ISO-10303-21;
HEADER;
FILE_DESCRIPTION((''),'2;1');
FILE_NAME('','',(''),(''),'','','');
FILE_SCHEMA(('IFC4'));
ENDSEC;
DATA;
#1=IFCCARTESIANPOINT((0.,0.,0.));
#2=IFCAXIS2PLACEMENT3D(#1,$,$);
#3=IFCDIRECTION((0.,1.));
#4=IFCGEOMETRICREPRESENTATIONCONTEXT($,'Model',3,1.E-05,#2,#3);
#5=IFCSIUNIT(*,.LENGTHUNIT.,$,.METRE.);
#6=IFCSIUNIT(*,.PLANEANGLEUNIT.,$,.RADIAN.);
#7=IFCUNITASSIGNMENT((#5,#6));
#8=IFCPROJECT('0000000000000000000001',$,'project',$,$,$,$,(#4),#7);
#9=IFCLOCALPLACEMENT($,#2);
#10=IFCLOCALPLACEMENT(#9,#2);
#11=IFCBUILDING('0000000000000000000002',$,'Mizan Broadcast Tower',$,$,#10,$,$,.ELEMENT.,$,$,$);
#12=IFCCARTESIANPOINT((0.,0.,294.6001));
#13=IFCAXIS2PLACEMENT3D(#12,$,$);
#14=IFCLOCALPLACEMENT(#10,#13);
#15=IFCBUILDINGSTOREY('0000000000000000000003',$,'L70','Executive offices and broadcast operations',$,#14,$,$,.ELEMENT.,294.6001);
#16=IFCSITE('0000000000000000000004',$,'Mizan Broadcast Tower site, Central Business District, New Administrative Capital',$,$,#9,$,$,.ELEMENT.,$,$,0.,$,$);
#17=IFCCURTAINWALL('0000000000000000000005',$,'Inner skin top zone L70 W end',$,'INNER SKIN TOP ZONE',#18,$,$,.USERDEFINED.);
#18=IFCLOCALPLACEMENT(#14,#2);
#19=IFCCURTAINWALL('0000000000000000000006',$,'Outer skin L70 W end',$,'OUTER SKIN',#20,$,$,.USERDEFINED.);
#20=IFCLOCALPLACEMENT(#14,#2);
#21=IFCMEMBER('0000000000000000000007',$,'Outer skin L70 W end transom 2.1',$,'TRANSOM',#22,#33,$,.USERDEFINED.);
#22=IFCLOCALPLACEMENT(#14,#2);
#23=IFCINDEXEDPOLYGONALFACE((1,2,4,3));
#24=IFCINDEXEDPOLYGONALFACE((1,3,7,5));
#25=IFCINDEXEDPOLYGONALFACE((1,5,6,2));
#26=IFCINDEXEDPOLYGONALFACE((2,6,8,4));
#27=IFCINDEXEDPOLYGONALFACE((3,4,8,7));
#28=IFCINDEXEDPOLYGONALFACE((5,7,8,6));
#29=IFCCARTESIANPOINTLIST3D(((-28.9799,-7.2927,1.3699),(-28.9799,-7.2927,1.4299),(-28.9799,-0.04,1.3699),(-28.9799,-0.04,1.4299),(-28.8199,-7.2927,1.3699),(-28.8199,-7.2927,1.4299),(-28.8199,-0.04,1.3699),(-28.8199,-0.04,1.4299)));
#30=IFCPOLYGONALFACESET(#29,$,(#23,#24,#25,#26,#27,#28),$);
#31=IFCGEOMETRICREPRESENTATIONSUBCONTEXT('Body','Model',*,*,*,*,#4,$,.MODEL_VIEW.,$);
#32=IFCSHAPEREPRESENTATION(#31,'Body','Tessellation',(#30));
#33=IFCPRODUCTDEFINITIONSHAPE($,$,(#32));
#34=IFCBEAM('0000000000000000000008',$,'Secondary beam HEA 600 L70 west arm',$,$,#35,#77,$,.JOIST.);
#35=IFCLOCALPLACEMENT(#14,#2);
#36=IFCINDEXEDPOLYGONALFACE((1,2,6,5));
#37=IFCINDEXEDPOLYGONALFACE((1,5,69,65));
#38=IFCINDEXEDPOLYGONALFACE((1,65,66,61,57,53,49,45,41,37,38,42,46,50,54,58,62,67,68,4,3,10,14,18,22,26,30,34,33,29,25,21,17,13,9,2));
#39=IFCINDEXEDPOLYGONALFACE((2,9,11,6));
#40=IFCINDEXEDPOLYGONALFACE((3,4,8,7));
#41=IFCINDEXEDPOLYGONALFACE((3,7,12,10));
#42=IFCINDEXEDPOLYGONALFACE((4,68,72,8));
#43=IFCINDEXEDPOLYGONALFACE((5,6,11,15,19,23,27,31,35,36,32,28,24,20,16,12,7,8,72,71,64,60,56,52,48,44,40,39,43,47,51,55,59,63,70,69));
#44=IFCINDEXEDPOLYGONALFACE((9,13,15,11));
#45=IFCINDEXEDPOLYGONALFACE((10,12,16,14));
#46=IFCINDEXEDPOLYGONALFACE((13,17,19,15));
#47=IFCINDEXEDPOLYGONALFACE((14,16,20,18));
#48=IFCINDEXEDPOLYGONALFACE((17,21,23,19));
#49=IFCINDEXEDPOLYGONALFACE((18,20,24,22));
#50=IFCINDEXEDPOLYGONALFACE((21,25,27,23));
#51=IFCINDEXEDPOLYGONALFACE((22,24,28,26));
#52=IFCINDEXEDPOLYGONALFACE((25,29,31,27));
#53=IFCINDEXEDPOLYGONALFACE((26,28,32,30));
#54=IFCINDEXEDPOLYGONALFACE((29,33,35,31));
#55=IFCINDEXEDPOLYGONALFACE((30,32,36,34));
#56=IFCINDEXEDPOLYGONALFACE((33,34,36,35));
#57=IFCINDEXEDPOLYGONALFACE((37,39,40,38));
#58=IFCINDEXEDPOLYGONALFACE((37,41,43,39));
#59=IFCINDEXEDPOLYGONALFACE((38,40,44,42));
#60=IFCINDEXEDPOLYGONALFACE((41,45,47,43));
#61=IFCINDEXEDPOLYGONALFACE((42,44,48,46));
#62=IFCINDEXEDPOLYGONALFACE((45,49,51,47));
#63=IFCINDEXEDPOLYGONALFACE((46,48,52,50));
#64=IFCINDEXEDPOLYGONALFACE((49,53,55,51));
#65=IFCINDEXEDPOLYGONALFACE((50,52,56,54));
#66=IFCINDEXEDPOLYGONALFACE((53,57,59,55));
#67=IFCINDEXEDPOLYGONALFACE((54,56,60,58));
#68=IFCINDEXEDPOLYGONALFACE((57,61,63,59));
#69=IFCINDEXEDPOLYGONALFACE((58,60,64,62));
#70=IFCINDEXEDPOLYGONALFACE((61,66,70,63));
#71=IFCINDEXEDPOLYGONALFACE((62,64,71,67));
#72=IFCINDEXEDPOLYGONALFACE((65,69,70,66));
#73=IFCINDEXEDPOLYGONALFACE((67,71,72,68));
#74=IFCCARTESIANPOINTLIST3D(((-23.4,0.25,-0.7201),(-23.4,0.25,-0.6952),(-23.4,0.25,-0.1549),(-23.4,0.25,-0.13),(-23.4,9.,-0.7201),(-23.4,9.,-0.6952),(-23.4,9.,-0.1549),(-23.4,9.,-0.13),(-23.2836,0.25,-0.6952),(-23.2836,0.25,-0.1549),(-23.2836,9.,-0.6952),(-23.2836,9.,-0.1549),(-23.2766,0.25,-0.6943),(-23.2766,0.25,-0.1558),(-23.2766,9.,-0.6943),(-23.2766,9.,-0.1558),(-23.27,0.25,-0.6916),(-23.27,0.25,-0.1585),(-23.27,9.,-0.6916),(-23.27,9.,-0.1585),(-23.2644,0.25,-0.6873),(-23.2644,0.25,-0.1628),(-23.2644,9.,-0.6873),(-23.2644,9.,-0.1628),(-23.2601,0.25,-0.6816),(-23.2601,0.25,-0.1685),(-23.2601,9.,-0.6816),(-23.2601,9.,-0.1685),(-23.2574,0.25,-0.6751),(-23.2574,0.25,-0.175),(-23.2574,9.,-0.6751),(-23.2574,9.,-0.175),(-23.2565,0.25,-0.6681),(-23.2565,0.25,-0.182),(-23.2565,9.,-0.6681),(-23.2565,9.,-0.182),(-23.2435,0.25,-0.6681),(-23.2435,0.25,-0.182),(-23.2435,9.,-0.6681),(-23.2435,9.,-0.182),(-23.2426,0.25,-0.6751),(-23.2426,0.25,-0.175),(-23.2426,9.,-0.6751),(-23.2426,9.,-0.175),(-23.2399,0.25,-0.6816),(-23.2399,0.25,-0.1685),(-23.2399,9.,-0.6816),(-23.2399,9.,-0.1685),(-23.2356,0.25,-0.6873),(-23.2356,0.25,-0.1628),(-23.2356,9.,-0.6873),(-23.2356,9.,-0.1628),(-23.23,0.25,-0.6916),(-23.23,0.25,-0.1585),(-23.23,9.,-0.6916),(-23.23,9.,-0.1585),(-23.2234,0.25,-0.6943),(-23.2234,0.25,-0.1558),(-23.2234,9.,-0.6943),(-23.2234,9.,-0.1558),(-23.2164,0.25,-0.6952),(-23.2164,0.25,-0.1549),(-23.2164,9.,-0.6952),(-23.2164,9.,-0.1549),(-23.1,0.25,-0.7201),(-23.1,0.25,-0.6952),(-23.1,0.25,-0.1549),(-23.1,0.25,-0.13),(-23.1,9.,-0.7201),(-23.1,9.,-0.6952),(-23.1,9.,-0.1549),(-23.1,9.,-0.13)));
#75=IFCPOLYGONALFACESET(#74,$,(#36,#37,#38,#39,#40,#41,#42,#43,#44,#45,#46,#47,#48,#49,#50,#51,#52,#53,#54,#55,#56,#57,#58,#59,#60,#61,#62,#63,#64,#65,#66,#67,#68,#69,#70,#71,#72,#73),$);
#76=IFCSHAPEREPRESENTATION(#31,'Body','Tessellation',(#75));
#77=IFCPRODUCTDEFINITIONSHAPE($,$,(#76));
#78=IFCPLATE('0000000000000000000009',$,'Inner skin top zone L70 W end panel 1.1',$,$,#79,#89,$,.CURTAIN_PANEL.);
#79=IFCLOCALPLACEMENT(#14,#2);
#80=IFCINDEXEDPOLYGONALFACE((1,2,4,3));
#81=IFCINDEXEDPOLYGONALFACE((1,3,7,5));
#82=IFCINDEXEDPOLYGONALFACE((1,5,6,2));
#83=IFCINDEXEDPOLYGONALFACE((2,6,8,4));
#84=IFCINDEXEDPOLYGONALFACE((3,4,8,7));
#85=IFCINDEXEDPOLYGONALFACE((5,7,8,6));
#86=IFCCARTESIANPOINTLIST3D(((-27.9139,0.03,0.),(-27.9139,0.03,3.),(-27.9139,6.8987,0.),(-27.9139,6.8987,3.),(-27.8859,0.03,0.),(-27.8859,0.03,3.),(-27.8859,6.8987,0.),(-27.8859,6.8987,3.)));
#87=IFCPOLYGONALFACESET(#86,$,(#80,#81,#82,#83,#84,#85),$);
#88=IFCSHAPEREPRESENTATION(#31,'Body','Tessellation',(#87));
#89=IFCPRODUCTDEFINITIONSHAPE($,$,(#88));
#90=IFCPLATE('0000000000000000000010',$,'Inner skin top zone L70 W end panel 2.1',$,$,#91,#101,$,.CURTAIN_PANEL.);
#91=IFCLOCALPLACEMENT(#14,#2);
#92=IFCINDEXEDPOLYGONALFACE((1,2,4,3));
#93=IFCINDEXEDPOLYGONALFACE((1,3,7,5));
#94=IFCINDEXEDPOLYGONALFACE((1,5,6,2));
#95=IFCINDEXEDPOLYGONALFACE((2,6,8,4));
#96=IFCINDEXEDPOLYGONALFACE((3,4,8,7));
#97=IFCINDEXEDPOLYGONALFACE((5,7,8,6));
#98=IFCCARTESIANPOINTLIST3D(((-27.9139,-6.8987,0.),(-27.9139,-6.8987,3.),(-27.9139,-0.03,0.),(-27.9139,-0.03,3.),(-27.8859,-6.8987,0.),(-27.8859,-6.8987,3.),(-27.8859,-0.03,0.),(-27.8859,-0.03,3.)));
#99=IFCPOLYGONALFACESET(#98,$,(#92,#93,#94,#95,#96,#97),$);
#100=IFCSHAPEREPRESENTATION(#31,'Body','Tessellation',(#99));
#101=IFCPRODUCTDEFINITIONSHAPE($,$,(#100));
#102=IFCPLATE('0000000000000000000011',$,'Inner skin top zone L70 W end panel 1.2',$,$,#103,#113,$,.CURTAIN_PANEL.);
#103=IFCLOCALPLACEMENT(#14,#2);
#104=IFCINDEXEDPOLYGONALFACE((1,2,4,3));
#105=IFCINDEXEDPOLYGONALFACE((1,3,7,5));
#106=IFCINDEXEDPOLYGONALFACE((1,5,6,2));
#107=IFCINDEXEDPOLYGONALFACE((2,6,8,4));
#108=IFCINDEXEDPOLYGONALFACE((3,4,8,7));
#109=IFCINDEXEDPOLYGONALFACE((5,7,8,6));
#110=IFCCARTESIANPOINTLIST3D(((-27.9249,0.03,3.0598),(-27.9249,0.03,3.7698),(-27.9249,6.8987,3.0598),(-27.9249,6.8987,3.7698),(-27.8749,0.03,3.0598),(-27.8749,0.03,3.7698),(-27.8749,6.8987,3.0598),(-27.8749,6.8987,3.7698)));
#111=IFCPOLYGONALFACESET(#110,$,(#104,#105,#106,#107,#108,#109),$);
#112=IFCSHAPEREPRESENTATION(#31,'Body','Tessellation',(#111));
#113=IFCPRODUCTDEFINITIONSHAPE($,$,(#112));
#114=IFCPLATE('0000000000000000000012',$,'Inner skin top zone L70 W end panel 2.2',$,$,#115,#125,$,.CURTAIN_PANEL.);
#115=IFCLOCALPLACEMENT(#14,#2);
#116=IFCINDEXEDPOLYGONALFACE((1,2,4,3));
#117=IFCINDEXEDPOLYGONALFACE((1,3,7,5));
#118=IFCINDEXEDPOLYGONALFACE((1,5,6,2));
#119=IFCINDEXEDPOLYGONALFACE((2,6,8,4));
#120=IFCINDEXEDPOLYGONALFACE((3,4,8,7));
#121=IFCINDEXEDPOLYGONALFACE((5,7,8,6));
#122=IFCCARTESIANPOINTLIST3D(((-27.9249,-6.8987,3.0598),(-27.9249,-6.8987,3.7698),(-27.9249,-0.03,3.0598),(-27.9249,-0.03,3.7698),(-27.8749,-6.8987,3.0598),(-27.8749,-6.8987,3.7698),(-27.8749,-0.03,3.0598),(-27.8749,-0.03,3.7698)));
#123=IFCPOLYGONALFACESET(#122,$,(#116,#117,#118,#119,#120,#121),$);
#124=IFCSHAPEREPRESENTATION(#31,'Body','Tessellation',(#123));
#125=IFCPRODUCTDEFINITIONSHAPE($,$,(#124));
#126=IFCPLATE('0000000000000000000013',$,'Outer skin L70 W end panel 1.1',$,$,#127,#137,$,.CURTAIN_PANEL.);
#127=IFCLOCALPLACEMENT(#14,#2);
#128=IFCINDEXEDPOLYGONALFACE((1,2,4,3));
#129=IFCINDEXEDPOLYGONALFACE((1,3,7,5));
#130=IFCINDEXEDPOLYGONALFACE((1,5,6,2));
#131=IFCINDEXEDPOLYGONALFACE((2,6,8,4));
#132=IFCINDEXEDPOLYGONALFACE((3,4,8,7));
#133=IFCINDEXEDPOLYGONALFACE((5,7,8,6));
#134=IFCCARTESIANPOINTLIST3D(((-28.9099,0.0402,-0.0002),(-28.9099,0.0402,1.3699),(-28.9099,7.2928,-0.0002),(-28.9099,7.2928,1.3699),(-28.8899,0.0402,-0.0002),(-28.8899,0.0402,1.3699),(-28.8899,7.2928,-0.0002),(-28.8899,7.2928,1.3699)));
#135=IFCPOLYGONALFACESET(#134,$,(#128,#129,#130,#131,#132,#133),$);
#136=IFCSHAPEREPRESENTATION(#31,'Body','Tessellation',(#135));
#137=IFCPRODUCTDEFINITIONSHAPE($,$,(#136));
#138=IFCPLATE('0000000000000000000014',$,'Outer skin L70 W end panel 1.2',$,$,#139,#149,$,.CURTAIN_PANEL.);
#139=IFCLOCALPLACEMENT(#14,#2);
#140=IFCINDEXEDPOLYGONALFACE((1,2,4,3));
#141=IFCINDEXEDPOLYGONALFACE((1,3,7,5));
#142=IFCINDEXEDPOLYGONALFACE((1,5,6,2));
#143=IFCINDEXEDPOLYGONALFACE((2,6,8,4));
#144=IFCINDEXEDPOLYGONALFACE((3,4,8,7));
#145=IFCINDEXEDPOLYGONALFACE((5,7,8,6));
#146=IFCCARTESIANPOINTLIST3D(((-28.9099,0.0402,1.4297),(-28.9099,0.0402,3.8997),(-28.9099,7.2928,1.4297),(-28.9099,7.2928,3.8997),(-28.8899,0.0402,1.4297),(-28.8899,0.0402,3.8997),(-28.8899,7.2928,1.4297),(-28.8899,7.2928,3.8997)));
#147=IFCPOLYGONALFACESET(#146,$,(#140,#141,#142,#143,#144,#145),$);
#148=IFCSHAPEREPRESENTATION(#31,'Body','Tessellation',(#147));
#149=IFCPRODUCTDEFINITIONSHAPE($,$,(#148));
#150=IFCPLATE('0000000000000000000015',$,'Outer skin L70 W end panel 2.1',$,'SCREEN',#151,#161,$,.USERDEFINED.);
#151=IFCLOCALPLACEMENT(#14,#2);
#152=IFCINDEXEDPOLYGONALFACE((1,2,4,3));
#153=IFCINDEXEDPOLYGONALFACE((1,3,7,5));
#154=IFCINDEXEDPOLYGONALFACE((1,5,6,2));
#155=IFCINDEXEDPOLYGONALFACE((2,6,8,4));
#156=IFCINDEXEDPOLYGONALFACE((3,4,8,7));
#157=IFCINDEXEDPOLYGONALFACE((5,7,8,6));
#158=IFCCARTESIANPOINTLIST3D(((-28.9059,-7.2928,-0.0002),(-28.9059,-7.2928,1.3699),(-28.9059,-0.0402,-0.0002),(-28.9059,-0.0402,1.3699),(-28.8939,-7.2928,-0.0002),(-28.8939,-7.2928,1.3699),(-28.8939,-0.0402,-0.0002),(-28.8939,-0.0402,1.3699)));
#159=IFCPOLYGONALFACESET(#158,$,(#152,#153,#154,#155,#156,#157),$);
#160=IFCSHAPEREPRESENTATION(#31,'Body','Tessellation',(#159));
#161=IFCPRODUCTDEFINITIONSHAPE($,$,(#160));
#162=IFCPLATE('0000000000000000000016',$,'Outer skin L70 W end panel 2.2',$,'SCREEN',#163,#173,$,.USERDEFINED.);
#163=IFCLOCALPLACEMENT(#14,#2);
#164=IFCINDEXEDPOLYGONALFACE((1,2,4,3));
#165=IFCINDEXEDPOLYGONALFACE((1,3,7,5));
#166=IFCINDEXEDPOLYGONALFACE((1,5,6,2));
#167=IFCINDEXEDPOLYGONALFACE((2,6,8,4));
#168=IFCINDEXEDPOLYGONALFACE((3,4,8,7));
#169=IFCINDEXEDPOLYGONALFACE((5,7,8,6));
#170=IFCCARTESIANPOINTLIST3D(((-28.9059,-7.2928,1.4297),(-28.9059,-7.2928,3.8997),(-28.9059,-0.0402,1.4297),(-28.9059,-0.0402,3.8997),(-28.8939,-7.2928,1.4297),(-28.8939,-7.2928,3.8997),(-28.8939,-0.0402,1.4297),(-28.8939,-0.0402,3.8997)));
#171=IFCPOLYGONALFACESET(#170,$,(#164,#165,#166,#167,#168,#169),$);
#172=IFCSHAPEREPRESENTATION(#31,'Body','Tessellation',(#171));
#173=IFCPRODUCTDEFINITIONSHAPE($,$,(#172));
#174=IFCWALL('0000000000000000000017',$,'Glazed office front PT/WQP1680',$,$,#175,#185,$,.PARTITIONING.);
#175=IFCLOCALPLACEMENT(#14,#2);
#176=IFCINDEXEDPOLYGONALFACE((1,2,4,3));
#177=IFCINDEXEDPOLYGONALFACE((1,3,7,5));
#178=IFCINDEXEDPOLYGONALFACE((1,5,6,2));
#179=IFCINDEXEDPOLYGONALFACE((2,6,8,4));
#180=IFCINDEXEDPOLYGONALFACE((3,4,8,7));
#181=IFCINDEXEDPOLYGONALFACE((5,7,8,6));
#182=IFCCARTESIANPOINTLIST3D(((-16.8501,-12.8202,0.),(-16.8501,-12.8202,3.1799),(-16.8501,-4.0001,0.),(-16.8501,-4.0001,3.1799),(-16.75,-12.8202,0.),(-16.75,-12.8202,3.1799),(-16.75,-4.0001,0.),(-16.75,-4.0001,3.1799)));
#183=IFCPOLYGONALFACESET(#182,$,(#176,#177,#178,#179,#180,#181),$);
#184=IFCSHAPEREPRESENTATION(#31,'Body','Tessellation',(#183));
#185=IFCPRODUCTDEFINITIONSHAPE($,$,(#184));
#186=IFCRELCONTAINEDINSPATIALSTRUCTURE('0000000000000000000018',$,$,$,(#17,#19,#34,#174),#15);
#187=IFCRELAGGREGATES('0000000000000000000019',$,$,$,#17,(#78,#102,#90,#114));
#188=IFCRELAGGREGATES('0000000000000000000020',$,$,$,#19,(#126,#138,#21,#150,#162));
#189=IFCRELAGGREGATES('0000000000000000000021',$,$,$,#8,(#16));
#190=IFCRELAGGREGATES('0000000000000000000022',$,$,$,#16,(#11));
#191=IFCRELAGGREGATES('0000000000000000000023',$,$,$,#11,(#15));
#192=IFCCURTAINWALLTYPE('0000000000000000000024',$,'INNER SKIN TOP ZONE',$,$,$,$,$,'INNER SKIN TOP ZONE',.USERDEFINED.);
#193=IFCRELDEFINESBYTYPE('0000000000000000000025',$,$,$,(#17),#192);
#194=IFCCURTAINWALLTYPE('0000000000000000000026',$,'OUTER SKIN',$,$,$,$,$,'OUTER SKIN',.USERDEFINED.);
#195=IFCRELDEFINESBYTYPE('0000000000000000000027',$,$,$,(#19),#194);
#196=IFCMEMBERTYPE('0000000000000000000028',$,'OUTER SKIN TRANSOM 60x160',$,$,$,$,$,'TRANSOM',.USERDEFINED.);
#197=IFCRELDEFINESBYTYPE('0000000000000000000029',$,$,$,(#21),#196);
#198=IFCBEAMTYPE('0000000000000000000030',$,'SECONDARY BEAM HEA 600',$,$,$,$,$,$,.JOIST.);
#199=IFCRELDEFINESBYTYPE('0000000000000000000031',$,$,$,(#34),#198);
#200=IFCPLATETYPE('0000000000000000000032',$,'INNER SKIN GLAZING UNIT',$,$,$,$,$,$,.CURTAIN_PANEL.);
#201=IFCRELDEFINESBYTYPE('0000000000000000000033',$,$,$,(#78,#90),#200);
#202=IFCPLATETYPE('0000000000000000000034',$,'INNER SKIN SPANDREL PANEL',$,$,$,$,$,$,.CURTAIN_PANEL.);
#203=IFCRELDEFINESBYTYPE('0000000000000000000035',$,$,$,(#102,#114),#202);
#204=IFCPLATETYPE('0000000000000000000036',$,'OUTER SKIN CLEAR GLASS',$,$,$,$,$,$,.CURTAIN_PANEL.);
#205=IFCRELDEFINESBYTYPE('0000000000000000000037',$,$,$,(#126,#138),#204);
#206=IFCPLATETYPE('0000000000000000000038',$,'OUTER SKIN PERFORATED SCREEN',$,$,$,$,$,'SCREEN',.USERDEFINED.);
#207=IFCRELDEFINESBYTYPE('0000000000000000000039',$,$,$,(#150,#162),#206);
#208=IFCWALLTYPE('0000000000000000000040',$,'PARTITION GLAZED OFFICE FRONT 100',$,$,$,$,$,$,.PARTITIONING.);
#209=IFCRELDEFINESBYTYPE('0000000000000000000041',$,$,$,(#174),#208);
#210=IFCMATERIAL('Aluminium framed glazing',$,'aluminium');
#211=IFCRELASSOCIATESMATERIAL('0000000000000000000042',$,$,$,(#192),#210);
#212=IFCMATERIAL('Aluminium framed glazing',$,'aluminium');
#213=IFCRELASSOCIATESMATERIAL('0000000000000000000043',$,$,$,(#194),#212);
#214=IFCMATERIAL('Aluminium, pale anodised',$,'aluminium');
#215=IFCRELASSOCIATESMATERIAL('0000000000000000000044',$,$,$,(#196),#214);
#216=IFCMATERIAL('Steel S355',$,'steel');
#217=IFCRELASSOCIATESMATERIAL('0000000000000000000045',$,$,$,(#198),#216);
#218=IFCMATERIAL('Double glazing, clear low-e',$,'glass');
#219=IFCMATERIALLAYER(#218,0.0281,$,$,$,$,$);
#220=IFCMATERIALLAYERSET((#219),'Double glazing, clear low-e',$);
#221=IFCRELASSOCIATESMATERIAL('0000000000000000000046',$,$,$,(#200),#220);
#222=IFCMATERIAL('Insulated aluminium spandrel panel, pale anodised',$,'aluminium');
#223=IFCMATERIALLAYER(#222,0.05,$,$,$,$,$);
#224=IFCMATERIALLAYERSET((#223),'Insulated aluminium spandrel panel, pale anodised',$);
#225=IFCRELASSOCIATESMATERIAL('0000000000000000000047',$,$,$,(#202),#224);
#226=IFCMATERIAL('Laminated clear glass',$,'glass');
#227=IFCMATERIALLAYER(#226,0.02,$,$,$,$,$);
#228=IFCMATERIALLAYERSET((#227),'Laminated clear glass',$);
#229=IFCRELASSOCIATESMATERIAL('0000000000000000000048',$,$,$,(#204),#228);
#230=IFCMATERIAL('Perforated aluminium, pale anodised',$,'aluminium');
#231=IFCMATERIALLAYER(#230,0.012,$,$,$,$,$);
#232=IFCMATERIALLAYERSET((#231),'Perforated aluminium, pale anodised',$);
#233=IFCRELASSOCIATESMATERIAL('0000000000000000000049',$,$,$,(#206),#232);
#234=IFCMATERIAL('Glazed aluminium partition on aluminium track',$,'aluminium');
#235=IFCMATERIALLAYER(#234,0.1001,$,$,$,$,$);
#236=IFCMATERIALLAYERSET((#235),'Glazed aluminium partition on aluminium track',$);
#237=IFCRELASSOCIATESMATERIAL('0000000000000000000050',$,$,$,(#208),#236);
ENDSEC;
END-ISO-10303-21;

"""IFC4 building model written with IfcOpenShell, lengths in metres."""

from ifc_helpers import new_model, si_unit, direction, frame, frame_2d, origin, origin_2d, place, context, subcontext, project, spatial, rectangle, i_section, extrude, material, layer, layer_set, material_profile, profile_set, type_object, element, aggregate, save


model = new_model("IFC4")

# Units and contexts
model_context = context("Model", 3, precision=1e-05, world=origin(), true_north=direction((0.0, 1.0)))
body_context = subcontext(model_context, "Body", "Model", "MODEL_VIEW")
ifc_project = project(units=[si_unit("LENGTHUNIT", "METRE"), si_unit("PLANEANGLEUNIT", "RADIAN")], contexts=[model_context])

# Site, building, storey
site_placement = place(None, origin())
site = spatial("IfcSite", under=ifc_project, at=site_placement, Name="Mizan Broadcast Tower site, Central Business District, New Administrative Capital", CompositionType="ELEMENT", RefElevation=0.0)
building_placement = place(site_placement, origin())
building = spatial("IfcBuilding", under=site, at=building_placement, Name="Mizan Broadcast Tower", CompositionType="ELEMENT")
storey_placement = place(building_placement, frame((0.0, 0.0, 294.6001)))
storey = spatial("IfcBuildingStorey", under=building, at=storey_placement, Name="L70", Description="Executive offices and broadcast operations", CompositionType="ELEMENT", Elevation=294.6001)

# Shared definitions
ifc_material_1 = material(Name="Aluminium framed glazing", Category="aluminium")
curtain_wall_type_1 = type_object("IfcCurtainWallType", Name="INNER SKIN TOP ZONE", ElementType="INNER SKIN TOP ZONE", PredefinedType="USERDEFINED", material=ifc_material_1)

# Curtain wall
curtain_wall_1_placement = place(storey_placement, origin())
curtain_wall_1 = element("IfcCurtainWall", 1, at=curtain_wall_1_placement, inside=storey, type_object=curtain_wall_type_1, Name="Inner skin top zone L70 W end", ObjectType="INNER SKIN TOP ZONE", PredefinedType="USERDEFINED")

# Shared definitions
ifc_material_2 = material(Name="Aluminium framed glazing", Category="aluminium")
curtain_wall_type_2 = type_object("IfcCurtainWallType", Name="OUTER SKIN", ElementType="OUTER SKIN", PredefinedType="USERDEFINED", material=ifc_material_2)

# Curtain wall, member
curtain_wall_2_placement = place(storey_placement, origin())
curtain_wall_2 = element("IfcCurtainWall", 2, at=curtain_wall_2_placement, inside=storey, type_object=curtain_wall_type_2, Name="Outer skin L70 W end", ObjectType="OUTER SKIN", PredefinedType="USERDEFINED")
ifc_material_3 = material(Name="Aluminium, pale anodised", Category="aluminium")
ifc_material_profile_1 = material_profile(ifc_material_3, rectangle(XDim=0.1599, YDim=0.0601, at=origin_2d()), Name="TRANSOM 160x60")
ifc_profile_set_1 = profile_set([ifc_material_profile_1], Name="Aluminium, pale anodised")
member_type_1 = type_object("IfcMemberType", Name="OUTER SKIN TRANSOM 60x160", ElementType="TRANSOM", PredefinedType="USERDEFINED", material=ifc_profile_set_1)
member_1_placement = place(storey_placement, frame((-28.8999, -0.04, 1.3999), z_axis=(0.0, -1.0, 0.0), x_axis=(1.0, 0.0, 0.0)))
member_1 = element("IfcMember", 3, at=member_1_placement, type_object=member_type_1, Name="Outer skin L70 W end transom 2.1", ObjectType="TRANSOM", PredefinedType="USERDEFINED", context=body_context, shape_type="SweptSolid", body=[
    extrude(rectangle(XDim=0.1599, YDim=0.0601, at=origin_2d()), origin(), (0.0, 0.0, 1.0), 7.2527),
])

# Beam
ifc_material_4 = material(Name="Steel S355", Category="steel")
ifc_material_profile_2 = material_profile(ifc_material_4, i_section(OverallWidth=0.3, OverallDepth=0.5901, WebThickness=0.0129, FlangeThickness=0.0249, FilletRadius=0.0271, at=origin_2d()), Name="HEA 600")
ifc_profile_set_2 = profile_set([ifc_material_profile_2], Name="Steel S355")
beam_type_1 = type_object("IfcBeamType", Name="SECONDARY BEAM HEA 600", PredefinedType="JOIST", material=ifc_profile_set_2)
beam_1_placement = place(storey_placement, frame((-23.25, 9.0, -0.425), z_axis=(0.0, -1.0, 0.0), x_axis=(1.0, 0.0, 0.0)))
element("IfcBeam", 4, at=beam_1_placement, inside=storey, type_object=beam_type_1, Name="Secondary beam HEA 600 L70 west arm", PredefinedType="JOIST", context=body_context, shape_type="SweptSolid", body=[
    extrude(i_section(OverallWidth=0.3, OverallDepth=0.5901, WebThickness=0.0129, FlangeThickness=0.0249, FilletRadius=0.0271, at=origin_2d()), origin(), (0.0, 0.0, 1.0), 8.75),
])

# Plates
ifc_material_5 = material(Name="Double glazing, clear low-e", Category="glass")
ifc_layer_1 = layer(ifc_material_5, 0.0281)
ifc_layer_set_1 = layer_set([ifc_layer_1], Name="Double glazing, clear low-e")
plate_type_1 = type_object("IfcPlateType", Name="INNER SKIN GLAZING UNIT", PredefinedType="CURTAIN_PANEL", material=ifc_layer_set_1)
plate_1_placement = place(storey_placement, frame((-27.8999, 3.4644, 0.0), z_axis=(0.0, 0.0, 1.0), x_axis=(0.0, -1.0, 0.0)))
plate_1 = element("IfcPlate", 5, at=plate_1_placement, type_object=plate_type_1, Name="Inner skin top zone L70 W end panel 1.1", PredefinedType="CURTAIN_PANEL", context=body_context, shape_type="SweptSolid", body=[
    extrude(rectangle(XDim=6.8687, YDim=0.0281, at=origin_2d()), origin(), (0.0, 0.0, 1.0), 3.0),
])
plate_2_placement = place(storey_placement, frame((-27.8999, -3.4644, 0.0), z_axis=(0.0, 0.0, 1.0), x_axis=(0.0, -1.0, 0.0)))
plate_2 = element("IfcPlate", 6, at=plate_2_placement, type_object=plate_type_1, Name="Inner skin top zone L70 W end panel 2.1", PredefinedType="CURTAIN_PANEL", context=body_context, shape_type="SweptSolid", body=[
    extrude(rectangle(XDim=6.8687, YDim=0.0281, at=origin_2d()), origin(), (0.0, 0.0, 1.0), 3.0),
])
ifc_material_6 = material(Name="Insulated aluminium spandrel panel, pale anodised", Category="aluminium")
ifc_layer_2 = layer(ifc_material_6, 0.05)
ifc_layer_set_2 = layer_set([ifc_layer_2], Name="Insulated aluminium spandrel panel, pale anodised")
plate_type_2 = type_object("IfcPlateType", Name="INNER SKIN SPANDREL PANEL", PredefinedType="CURTAIN_PANEL", material=ifc_layer_set_2)
plate_3_placement = place(storey_placement, frame((-27.8999, 3.4644, 3.0598), z_axis=(0.0, 0.0, 1.0), x_axis=(0.0, -1.0, 0.0)))
plate_3 = element("IfcPlate", 7, at=plate_3_placement, type_object=plate_type_2, Name="Inner skin top zone L70 W end panel 1.2", PredefinedType="CURTAIN_PANEL", context=body_context, shape_type="SweptSolid", body=[
    extrude(rectangle(XDim=6.8687, YDim=0.05, at=origin_2d()), origin(), (0.0, 0.0, 1.0), 0.71),
])
plate_4_placement = place(storey_placement, frame((-27.8999, -3.4644, 3.0598), z_axis=(0.0, 0.0, 1.0), x_axis=(0.0, -1.0, 0.0)))
plate_4 = element("IfcPlate", 8, at=plate_4_placement, type_object=plate_type_2, Name="Inner skin top zone L70 W end panel 2.2", PredefinedType="CURTAIN_PANEL", context=body_context, shape_type="SweptSolid", body=[
    extrude(rectangle(XDim=6.8687, YDim=0.05, at=origin_2d()), origin(), (0.0, 0.0, 1.0), 0.71),
])
aggregate(curtain_wall_1, [plate_1, plate_3, plate_2, plate_4])
ifc_material_7 = material(Name="Laminated clear glass", Category="glass")
ifc_layer_3 = layer(ifc_material_7, 0.02)
ifc_layer_set_3 = layer_set([ifc_layer_3], Name="Laminated clear glass")
plate_type_3 = type_object("IfcPlateType", Name="OUTER SKIN CLEAR GLASS", PredefinedType="CURTAIN_PANEL", material=ifc_layer_set_3)
plate_5_placement = place(storey_placement, frame((-28.8999, 3.6665, -0.0002), z_axis=(0.0, 0.0, 1.0), x_axis=(0.0, -1.0, 0.0)))
plate_5 = element("IfcPlate", 9, at=plate_5_placement, type_object=plate_type_3, Name="Outer skin L70 W end panel 1.1", PredefinedType="CURTAIN_PANEL", context=body_context, shape_type="SweptSolid", body=[
    extrude(rectangle(XDim=7.2527, YDim=0.02, at=origin_2d()), origin(), (0.0, 0.0, 1.0), 1.3701),
])
plate_6_placement = place(storey_placement, frame((-28.8999, 3.6665, 1.4297), z_axis=(0.0, 0.0, 1.0), x_axis=(0.0, -1.0, 0.0)))
plate_6 = element("IfcPlate", 10, at=plate_6_placement, type_object=plate_type_3, Name="Outer skin L70 W end panel 1.2", PredefinedType="CURTAIN_PANEL", context=body_context, shape_type="SweptSolid", body=[
    extrude(rectangle(XDim=7.2527, YDim=0.02, at=origin_2d()), origin(), (0.0, 0.0, 1.0), 2.47),
])
ifc_material_8 = material(Name="Perforated aluminium, pale anodised", Category="aluminium")
ifc_layer_4 = layer(ifc_material_8, 0.012)
ifc_layer_set_4 = layer_set([ifc_layer_4], Name="Perforated aluminium, pale anodised")
plate_type_4 = type_object("IfcPlateType", Name="OUTER SKIN PERFORATED SCREEN", ElementType="SCREEN", PredefinedType="USERDEFINED", material=ifc_layer_set_4)
plate_7_placement = place(storey_placement, frame((-28.8999, -3.6665, -0.0002), z_axis=(0.0, 0.0, 1.0), x_axis=(0.0, -1.0, 0.0)))
plate_7 = element("IfcPlate", 11, at=plate_7_placement, type_object=plate_type_4, Name="Outer skin L70 W end panel 2.1", ObjectType="SCREEN", PredefinedType="USERDEFINED", context=body_context, shape_type="SweptSolid", body=[
    extrude(rectangle(XDim=7.2527, YDim=0.012, at=origin_2d()), origin(), (0.0, 0.0, 1.0), 1.3701),
])
plate_8_placement = place(storey_placement, frame((-28.8999, -3.6665, 1.4297), z_axis=(0.0, 0.0, 1.0), x_axis=(0.0, -1.0, 0.0)))
plate_8 = element("IfcPlate", 12, at=plate_8_placement, type_object=plate_type_4, Name="Outer skin L70 W end panel 2.2", ObjectType="SCREEN", PredefinedType="USERDEFINED", context=body_context, shape_type="SweptSolid", body=[
    extrude(rectangle(XDim=7.2527, YDim=0.012, at=origin_2d()), origin(), (0.0, 0.0, 1.0), 2.47),
])
aggregate(curtain_wall_2, [plate_5, plate_6, member_1, plate_7, plate_8])

# Wall
ifc_material_9 = material(Name="Glazed aluminium partition on aluminium track", Category="aluminium")
ifc_layer_5 = layer(ifc_material_9, 0.1001)
ifc_layer_set_5 = layer_set([ifc_layer_5], Name="Glazed aluminium partition on aluminium track")
wall_type = type_object("IfcWallType", Name="PARTITION GLAZED OFFICE FRONT 100", PredefinedType="PARTITIONING", material=ifc_layer_set_5)
wall_placement = place(storey_placement, frame((-16.8, -4.0, 0.0), z_axis=(0.0, 0.0, 1.0), x_axis=(0.0, -1.0, 0.0)))
element("IfcWall", 13, at=wall_placement, inside=storey, type_object=wall_type, Name="Glazed office front PT/WQP1680", PredefinedType="PARTITIONING", context=body_context, shape_type="SweptSolid", body=[
    extrude(rectangle(XDim=8.8201, YDim=0.1001, at=frame_2d((4.4102, 0.0))), origin(), (0.0, 0.0, 1.0), 3.1799),
])

save(model, "model.ifc")
